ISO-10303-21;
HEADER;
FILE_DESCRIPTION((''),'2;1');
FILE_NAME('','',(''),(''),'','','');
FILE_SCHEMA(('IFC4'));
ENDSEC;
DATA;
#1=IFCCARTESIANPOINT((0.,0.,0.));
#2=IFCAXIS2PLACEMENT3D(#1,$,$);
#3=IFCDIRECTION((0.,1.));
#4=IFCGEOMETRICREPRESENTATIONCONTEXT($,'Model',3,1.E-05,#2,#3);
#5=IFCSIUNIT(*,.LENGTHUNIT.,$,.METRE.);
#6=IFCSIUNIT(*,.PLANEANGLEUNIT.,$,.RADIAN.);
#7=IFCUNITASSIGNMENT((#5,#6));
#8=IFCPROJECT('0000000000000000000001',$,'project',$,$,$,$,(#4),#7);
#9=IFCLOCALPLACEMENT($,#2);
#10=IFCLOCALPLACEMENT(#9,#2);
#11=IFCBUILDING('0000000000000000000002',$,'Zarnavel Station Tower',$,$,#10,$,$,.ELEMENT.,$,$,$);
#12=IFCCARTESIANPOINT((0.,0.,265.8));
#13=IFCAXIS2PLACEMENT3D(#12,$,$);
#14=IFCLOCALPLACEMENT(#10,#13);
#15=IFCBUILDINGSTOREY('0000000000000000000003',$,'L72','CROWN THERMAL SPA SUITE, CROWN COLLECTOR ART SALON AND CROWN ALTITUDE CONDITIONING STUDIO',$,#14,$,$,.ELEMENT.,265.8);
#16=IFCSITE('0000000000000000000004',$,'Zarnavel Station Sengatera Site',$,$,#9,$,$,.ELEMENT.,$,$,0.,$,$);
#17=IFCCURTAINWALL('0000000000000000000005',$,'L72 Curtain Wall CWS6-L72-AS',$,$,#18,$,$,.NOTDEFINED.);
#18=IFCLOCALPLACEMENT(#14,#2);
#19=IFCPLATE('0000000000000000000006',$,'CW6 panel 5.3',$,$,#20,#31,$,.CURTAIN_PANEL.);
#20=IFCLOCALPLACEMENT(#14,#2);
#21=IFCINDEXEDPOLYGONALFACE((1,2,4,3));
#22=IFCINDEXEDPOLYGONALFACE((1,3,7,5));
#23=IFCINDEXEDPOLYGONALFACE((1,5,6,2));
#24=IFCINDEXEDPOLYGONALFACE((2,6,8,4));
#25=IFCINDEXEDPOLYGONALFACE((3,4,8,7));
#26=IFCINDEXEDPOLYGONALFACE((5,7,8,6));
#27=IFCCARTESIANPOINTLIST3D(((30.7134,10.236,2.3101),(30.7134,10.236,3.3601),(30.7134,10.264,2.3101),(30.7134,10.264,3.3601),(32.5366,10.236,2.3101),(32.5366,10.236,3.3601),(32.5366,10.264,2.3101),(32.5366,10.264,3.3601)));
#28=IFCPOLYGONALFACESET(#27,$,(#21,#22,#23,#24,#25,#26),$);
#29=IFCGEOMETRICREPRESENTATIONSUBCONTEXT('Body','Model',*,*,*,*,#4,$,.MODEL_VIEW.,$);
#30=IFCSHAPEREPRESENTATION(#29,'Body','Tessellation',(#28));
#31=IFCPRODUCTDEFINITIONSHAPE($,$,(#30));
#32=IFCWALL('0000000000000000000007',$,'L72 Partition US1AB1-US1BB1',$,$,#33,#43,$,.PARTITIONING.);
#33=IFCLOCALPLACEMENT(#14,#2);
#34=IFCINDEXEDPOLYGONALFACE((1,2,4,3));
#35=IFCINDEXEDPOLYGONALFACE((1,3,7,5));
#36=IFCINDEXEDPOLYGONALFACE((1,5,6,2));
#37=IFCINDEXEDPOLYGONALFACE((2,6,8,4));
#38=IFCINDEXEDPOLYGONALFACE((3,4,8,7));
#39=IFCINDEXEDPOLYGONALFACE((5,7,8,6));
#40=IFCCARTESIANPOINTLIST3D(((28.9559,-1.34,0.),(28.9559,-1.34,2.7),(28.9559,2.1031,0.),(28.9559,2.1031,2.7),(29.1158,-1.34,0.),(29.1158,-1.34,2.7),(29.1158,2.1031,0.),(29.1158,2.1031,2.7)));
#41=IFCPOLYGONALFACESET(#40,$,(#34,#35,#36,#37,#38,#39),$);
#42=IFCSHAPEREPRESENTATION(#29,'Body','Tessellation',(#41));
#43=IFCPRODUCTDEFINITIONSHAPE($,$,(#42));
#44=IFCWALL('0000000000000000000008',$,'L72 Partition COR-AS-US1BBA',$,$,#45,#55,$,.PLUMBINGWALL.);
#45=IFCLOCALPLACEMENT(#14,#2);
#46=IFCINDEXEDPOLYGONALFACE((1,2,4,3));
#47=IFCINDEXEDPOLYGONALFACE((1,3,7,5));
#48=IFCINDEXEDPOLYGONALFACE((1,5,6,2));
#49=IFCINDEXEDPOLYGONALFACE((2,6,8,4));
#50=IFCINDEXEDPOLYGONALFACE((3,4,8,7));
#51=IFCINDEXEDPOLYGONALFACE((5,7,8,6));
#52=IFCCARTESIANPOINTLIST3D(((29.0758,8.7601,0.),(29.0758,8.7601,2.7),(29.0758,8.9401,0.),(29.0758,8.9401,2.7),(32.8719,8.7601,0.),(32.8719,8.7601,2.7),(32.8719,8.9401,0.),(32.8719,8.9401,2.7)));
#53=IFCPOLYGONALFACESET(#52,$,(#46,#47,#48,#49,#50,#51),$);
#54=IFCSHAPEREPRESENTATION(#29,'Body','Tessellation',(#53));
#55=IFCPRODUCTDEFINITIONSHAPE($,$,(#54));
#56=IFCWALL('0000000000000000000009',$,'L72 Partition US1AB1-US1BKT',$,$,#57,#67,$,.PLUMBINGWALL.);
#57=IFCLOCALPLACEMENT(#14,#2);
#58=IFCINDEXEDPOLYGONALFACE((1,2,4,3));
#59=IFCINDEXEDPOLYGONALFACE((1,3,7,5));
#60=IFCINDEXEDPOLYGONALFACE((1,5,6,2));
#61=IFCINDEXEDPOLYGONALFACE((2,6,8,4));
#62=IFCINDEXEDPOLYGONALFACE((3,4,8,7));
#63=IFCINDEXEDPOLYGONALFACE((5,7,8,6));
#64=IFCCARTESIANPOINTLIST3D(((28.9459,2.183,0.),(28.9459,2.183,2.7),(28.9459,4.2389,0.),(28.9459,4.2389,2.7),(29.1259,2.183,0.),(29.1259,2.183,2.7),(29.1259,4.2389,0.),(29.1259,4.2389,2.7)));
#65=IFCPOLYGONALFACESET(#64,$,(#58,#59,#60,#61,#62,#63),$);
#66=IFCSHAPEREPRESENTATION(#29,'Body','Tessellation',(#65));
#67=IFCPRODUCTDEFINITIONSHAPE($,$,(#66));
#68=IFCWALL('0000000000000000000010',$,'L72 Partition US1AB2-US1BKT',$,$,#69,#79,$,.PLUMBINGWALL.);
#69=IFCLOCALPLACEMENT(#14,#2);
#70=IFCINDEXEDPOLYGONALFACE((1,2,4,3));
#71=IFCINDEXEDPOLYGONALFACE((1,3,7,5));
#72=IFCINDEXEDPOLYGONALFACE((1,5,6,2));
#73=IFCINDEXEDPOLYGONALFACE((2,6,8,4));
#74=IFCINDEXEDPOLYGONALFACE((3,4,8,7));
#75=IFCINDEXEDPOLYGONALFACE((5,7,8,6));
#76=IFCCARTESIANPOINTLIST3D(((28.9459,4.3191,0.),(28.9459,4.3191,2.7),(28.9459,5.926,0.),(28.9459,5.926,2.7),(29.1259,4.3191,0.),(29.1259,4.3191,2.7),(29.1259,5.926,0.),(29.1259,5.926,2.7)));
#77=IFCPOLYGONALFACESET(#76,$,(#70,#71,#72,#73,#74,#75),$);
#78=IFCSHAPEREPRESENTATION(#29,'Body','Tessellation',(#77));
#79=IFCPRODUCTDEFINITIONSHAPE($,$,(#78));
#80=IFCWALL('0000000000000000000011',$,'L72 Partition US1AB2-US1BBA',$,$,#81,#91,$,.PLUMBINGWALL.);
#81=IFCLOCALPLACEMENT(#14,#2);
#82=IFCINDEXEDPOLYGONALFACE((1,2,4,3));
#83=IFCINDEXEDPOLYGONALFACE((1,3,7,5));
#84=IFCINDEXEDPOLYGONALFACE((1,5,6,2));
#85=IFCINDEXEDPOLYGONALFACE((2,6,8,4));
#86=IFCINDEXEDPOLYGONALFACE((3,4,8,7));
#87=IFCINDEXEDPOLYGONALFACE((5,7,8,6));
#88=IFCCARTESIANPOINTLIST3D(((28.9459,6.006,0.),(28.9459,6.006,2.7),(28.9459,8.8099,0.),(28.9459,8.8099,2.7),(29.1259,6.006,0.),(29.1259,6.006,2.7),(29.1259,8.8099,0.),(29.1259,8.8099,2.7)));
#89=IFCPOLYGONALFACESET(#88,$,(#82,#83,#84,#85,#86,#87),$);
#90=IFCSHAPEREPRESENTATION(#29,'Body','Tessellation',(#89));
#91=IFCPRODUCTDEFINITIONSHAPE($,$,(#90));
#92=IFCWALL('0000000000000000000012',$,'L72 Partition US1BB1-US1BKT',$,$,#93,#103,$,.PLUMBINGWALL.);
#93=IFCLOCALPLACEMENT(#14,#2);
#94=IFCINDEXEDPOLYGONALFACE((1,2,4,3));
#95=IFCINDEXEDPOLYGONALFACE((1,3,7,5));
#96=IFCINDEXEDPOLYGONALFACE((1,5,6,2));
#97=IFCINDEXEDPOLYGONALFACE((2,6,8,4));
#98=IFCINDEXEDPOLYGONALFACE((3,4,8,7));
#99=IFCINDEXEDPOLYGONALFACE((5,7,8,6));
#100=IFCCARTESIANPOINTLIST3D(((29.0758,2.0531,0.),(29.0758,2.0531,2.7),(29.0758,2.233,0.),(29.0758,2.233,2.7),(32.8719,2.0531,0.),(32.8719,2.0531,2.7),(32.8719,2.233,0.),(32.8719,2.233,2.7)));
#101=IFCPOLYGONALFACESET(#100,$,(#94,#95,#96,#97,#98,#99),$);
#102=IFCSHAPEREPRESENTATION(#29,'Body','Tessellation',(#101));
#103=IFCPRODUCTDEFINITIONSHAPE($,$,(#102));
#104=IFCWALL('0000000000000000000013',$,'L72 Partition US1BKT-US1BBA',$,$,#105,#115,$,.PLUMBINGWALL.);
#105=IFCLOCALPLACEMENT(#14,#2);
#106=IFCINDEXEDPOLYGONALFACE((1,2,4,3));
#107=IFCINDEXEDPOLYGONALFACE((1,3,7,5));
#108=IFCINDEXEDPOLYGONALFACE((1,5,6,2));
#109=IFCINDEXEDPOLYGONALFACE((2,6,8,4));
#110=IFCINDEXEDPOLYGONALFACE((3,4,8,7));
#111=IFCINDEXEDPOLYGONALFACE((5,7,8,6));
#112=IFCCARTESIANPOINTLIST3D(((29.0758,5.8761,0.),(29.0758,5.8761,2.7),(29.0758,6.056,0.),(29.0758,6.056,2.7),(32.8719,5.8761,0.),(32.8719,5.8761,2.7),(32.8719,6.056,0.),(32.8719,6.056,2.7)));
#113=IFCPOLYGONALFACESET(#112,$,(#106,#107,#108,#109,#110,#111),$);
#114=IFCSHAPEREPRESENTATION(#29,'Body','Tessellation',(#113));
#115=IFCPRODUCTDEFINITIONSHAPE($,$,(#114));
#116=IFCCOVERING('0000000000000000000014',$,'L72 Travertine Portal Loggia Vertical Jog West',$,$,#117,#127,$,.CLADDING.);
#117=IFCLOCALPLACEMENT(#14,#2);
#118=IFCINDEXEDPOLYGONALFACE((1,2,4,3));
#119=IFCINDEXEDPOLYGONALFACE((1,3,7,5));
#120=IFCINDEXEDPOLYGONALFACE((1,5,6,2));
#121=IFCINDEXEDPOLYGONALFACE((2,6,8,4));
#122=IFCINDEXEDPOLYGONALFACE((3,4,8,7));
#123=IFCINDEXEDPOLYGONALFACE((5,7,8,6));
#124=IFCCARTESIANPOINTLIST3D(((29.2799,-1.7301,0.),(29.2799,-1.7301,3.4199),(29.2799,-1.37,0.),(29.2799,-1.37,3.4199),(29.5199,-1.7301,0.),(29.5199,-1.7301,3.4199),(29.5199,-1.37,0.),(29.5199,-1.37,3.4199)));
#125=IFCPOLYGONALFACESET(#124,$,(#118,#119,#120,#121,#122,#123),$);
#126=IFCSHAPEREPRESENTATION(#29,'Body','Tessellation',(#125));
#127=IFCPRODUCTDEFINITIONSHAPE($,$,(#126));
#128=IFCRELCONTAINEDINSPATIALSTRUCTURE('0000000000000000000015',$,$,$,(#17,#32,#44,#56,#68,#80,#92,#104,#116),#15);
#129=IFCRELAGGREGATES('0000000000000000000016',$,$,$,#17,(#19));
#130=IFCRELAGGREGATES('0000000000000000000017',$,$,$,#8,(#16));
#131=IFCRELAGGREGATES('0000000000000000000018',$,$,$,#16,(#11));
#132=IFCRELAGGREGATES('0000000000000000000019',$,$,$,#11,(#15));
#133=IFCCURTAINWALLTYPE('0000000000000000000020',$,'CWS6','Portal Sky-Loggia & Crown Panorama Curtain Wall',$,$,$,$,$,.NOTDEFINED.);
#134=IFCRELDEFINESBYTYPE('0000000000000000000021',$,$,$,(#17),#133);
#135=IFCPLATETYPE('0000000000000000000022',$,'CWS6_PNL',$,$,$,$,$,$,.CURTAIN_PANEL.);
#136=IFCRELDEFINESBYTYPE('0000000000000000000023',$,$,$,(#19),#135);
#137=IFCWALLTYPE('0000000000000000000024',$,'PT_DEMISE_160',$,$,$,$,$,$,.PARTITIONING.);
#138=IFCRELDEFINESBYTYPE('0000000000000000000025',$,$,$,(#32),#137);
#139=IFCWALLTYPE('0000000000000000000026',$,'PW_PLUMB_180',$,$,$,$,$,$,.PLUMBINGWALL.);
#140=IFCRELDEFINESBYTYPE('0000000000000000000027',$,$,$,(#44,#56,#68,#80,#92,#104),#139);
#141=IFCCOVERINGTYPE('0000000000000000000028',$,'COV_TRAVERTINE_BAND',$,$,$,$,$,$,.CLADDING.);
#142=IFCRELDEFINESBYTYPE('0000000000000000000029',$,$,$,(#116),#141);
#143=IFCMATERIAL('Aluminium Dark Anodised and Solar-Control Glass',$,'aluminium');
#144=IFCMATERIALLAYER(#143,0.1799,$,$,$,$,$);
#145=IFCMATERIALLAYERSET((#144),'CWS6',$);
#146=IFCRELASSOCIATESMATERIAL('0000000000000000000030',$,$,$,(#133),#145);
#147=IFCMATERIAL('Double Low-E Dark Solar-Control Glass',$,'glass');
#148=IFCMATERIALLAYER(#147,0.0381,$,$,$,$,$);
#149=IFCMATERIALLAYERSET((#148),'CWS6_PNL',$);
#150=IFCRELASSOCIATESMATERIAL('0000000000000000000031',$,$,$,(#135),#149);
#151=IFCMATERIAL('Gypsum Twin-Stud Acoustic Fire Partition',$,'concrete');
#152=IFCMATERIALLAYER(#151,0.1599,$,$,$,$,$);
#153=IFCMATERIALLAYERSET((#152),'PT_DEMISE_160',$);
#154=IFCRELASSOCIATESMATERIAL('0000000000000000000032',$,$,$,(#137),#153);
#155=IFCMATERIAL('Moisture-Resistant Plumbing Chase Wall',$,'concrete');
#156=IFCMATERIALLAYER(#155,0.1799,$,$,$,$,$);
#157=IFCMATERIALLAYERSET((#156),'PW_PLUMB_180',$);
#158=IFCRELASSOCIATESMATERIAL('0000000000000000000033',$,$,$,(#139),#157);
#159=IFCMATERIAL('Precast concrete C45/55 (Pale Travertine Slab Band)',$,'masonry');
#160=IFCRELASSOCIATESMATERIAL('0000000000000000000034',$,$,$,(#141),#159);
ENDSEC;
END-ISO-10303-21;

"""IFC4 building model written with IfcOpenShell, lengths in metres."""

from ifc_helpers import new_model, si_unit, direction, frame, frame_2d, origin, origin_2d, place, context, subcontext, project, spatial, rectangle, extrude, material, layer, layer_set, type_object, element, aggregate, save


model = new_model("IFC4")

# Units and contexts
model_context = context("Model", 3, precision=1e-05, world=origin(), true_north=direction((0.0, 1.0)))
body_context = subcontext(model_context, "Body", "Model", "MODEL_VIEW")
ifc_project = project(units=[si_unit("LENGTHUNIT", "METRE"), si_unit("PLANEANGLEUNIT", "RADIAN")], contexts=[model_context])

# Site, building, storey
site_placement = place(None, origin())
site = spatial("IfcSite", under=ifc_project, at=site_placement, Name="Zarnavel Station Sengatera Site", CompositionType="ELEMENT", RefElevation=0.0)
building_placement = place(site_placement, origin())
building = spatial("IfcBuilding", under=site, at=building_placement, Name="Zarnavel Station Tower", CompositionType="ELEMENT")
storey_placement = place(building_placement, frame((0.0, 0.0, 265.8)))
storey = spatial("IfcBuildingStorey", under=building, at=storey_placement, Name="L72", Description="CROWN THERMAL SPA SUITE, CROWN COLLECTOR ART SALON AND CROWN ALTITUDE CONDITIONING STUDIO", CompositionType="ELEMENT", Elevation=265.8)

# Curtain wall
ifc_material_1 = material(Name="Aluminium Dark Anodised and Solar-Control Glass", Category="aluminium")
ifc_layer_1 = layer(ifc_material_1, 0.1799)
ifc_layer_set_1 = layer_set([ifc_layer_1], Name="CWS6")
curtain_wall_type = type_object("IfcCurtainWallType", Name="CWS6", Description="Portal Sky-Loggia & Crown Panorama Curtain Wall", PredefinedType="NOTDEFINED", material=ifc_layer_set_1)
curtain_wall_1_placement = place(storey_placement, origin())
curtain_wall_1 = element("IfcCurtainWall", 1, at=curtain_wall_1_placement, inside=storey, type_object=curtain_wall_type, Name="L72 Curtain Wall CWS6-L72-AS", PredefinedType="NOTDEFINED")

# Plate
ifc_material_2 = material(Name="Double Low-E Dark Solar-Control Glass", Category="glass")
ifc_layer_2 = layer(ifc_material_2, 0.0381)
ifc_layer_set_2 = layer_set([ifc_layer_2], Name="CWS6_PNL")
plate_type = type_object("IfcPlateType", Name="CWS6_PNL", PredefinedType="CURTAIN_PANEL", material=ifc_layer_set_2)
plate_1_placement = place(storey_placement, frame((31.625, 10.25, 2.3101), z_axis=(0.0, 0.0, 1.0), x_axis=(1.0, 0.0, 0.0)))
plate_1 = element("IfcPlate", 2, at=plate_1_placement, type_object=plate_type, Name="CW6 panel 5.3", PredefinedType="CURTAIN_PANEL", context=body_context, shape_type="SweptSolid", body=[
    extrude(rectangle(XDim=1.8232, YDim=0.0281, at=origin_2d()), origin(), (0.0, 0.0, 1.0), 1.05),
])
aggregate(curtain_wall_1, [plate_1])

# Walls
ifc_material_3 = material(Name="Gypsum Twin-Stud Acoustic Fire Partition", Category="concrete")
ifc_layer_3 = layer(ifc_material_3, 0.1599)
ifc_layer_set_3 = layer_set([ifc_layer_3], Name="PT_DEMISE_160")
wall_type_1 = type_object("IfcWallType", Name="PT_DEMISE_160", PredefinedType="PARTITIONING", material=ifc_layer_set_3)
wall_1_placement = place(storey_placement, frame((29.0359, -1.3401, 0.0), z_axis=(0.0, 0.0, 1.0), x_axis=(0.0, 1.0, 0.0)))
element("IfcWall", 3, at=wall_1_placement, inside=storey, type_object=wall_type_1, Name="L72 Partition US1AB1-US1BB1", PredefinedType="PARTITIONING", context=body_context, shape_type="SweptSolid", body=[
    extrude(rectangle(XDim=3.4431, YDim=0.1599, at=frame_2d((1.7217, 0.0))), origin(), (0.0, 0.0, 1.0), 2.7),
])
ifc_material_4 = material(Name="Moisture-Resistant Plumbing Chase Wall", Category="concrete")
ifc_layer_4 = layer(ifc_material_4, 0.1799)
ifc_layer_set_4 = layer_set([ifc_layer_4], Name="PW_PLUMB_180")
wall_type_2 = type_object("IfcWallType", Name="PW_PLUMB_180", PredefinedType="PLUMBINGWALL", material=ifc_layer_set_4)
wall_2_placement = place(storey_placement, frame((29.0759, 8.8501, 0.0), z_axis=(0.0, 0.0, 1.0), x_axis=(1.0, 0.0, 0.0)))
element("IfcWall", 4, at=wall_2_placement, inside=storey, type_object=wall_type_2, Name="L72 Partition COR-AS-US1BBA", PredefinedType="PLUMBINGWALL", context=body_context, shape_type="SweptSolid", body=[
    extrude(rectangle(XDim=3.7961, YDim=0.1799, at=frame_2d((1.8979, 0.0))), origin(), (0.0, 0.0, 1.0), 2.7),
])
wall_3_placement = place(storey_placement, frame((29.0359, 2.1831, 0.0), z_axis=(0.0, 0.0, 1.0), x_axis=(0.0, 1.0, 0.0)))
element("IfcWall", 5, at=wall_3_placement, inside=storey, type_object=wall_type_2, Name="L72 Partition US1AB1-US1BKT", PredefinedType="PLUMBINGWALL", context=body_context, shape_type="SweptSolid", body=[
    extrude(rectangle(XDim=2.0559, YDim=0.1799, at=frame_2d((1.0278, 0.0))), origin(), (0.0, 0.0, 1.0), 2.7),
])
wall_4_placement = place(storey_placement, frame((29.0359, 4.3191, 0.0), z_axis=(0.0, 0.0, 1.0), x_axis=(0.0, 1.0, 0.0)))
element("IfcWall", 6, at=wall_4_placement, inside=storey, type_object=wall_type_2, Name="L72 Partition US1AB2-US1BKT", PredefinedType="PLUMBINGWALL", context=body_context, shape_type="SweptSolid", body=[
    extrude(rectangle(XDim=1.6069, YDim=0.1799, at=frame_2d((0.8035, 0.0))), origin(), (0.0, 0.0, 1.0), 2.7),
])
wall_5_placement = place(storey_placement, frame((29.0359, 6.0061, 0.0), z_axis=(0.0, 0.0, 1.0), x_axis=(0.0, 1.0, 0.0)))
element("IfcWall", 7, at=wall_5_placement, inside=storey, type_object=wall_type_2, Name="L72 Partition US1AB2-US1BBA", PredefinedType="PLUMBINGWALL", context=body_context, shape_type="SweptSolid", body=[
    extrude(rectangle(XDim=2.804, YDim=0.1799, at=frame_2d((1.4019, 0.0))), origin(), (0.0, 0.0, 1.0), 2.7),
])
for number, where, z_axis, x_axis, name in (
    (8, (29.0759, 2.1431, 0.0), (0.0, 0.0, 1.0), (1.0, 0.0, 0.0), "L72 Partition US1BB1-US1BKT"),
    (9, (29.0759, 5.9661, 0.0), (0.0, 0.0, 1.0), (1.0, 0.0, 0.0), "L72 Partition US1BKT-US1BBA"),
):
    element("IfcWall", number, at=place(storey_placement, frame(where, z_axis=z_axis, x_axis=x_axis)), inside=storey, type_object=wall_type_2, Name=name, PredefinedType="PLUMBINGWALL", context=body_context, shape_type="SweptSolid", body=[
        extrude(rectangle(XDim=3.7961, YDim=0.1799, at=frame_2d((1.8979, 0.0))), origin(), (0.0, 0.0, 1.0), 2.7),
    ])

# Covering
ifc_material_5 = material(Name="Precast concrete C45/55 (Pale Travertine Slab Band)", Category="masonry")
covering_type = type_object("IfcCoveringType", Name="COV_TRAVERTINE_BAND", PredefinedType="CLADDING", material=ifc_material_5)
covering_placement = place(storey_placement, frame((29.3999, -1.55, 0.0), z_axis=(0.0, 0.0, 1.0), x_axis=(1.0, 0.0, 0.0)))
element("IfcCovering", 10, at=covering_placement, inside=storey, type_object=covering_type, Name="L72 Travertine Portal Loggia Vertical Jog West", PredefinedType="CLADDING", context=body_context, shape_type="SweptSolid", body=[
    extrude(rectangle(XDim=0.24, YDim=0.3601, at=origin_2d()), origin(), (0.0, 0.0, 1.0), 3.4199),
])

save(model, "model.ifc")
